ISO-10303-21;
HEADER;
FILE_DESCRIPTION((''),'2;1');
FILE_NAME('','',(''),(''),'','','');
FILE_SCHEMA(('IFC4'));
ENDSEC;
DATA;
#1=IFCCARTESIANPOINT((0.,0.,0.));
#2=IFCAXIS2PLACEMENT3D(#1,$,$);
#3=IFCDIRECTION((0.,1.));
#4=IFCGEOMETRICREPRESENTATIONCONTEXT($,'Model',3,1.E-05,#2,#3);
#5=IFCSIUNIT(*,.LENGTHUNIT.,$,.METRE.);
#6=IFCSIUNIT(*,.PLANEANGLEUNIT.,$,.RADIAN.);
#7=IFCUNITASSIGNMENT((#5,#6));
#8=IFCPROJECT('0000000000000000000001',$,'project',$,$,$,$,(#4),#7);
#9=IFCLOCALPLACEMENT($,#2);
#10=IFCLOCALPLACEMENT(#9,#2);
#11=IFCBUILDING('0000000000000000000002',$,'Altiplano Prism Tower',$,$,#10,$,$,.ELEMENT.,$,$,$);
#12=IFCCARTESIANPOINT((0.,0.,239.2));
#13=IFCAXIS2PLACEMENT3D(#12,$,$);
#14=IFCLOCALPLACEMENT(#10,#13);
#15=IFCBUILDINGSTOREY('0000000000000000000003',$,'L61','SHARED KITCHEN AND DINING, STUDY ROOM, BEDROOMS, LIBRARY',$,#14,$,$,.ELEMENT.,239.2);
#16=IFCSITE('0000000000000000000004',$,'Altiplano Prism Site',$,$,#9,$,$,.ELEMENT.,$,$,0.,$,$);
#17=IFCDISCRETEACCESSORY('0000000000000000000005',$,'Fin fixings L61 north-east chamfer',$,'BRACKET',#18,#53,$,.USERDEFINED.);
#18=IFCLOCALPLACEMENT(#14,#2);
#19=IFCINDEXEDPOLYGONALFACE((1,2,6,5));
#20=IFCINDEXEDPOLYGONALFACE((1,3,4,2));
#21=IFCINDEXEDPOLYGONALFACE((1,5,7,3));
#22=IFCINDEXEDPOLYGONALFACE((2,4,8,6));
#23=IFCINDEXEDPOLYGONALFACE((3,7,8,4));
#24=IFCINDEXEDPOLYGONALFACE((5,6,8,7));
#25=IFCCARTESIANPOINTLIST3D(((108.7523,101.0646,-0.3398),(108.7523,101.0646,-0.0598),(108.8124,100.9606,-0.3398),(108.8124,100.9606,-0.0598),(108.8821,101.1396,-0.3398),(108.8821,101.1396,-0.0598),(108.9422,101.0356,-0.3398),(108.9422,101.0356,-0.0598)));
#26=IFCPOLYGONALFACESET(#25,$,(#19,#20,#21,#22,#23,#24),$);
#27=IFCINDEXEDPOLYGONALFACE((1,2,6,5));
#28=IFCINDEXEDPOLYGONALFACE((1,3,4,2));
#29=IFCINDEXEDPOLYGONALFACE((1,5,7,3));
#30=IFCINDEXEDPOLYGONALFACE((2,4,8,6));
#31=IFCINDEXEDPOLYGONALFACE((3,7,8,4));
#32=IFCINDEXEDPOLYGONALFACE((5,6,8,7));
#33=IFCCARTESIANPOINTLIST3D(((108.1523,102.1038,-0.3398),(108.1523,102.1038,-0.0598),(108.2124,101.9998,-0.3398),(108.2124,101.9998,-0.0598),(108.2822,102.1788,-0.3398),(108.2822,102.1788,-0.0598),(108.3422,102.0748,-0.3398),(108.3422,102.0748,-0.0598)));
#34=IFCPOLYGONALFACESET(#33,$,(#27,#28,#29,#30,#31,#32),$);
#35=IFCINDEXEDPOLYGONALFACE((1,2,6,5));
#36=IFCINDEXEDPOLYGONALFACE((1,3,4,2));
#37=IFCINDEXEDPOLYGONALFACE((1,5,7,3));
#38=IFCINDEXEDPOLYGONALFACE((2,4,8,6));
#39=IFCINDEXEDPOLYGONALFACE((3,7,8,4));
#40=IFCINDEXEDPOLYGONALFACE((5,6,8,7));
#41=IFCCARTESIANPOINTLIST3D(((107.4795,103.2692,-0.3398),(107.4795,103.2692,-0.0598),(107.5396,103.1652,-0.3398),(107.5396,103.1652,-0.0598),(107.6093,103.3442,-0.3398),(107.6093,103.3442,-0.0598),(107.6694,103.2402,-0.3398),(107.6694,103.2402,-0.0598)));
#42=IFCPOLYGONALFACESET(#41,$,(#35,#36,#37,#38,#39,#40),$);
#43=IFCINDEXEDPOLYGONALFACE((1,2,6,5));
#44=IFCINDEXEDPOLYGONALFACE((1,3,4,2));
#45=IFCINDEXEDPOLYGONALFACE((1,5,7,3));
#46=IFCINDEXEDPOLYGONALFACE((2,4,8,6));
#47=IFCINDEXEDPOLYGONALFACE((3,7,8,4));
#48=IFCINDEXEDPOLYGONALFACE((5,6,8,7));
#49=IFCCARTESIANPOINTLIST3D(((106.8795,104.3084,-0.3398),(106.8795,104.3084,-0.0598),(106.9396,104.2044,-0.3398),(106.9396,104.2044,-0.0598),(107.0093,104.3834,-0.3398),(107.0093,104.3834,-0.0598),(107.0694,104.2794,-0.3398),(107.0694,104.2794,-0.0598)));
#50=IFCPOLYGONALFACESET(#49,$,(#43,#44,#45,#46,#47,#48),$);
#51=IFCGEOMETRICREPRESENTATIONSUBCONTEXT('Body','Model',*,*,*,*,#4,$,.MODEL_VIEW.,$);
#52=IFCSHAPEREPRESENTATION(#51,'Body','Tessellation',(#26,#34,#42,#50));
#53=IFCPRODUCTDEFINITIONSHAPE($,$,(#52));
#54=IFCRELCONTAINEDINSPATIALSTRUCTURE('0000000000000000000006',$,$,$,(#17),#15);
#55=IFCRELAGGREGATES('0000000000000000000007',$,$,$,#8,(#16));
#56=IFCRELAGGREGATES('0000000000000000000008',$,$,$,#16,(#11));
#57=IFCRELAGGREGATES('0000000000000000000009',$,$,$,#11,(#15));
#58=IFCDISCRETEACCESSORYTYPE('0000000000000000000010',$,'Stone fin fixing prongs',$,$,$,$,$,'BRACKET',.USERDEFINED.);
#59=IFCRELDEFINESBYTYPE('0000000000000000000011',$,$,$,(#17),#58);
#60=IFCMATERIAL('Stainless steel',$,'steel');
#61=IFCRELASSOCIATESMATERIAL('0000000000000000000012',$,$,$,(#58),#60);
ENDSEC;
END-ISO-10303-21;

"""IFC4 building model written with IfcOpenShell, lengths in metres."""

from ifc_helpers import new_model, si_unit, direction, frame, origin, place, context, subcontext, project, spatial, polyline, outline, extrude, source, transform, mapped, material, type_object, element, save


model = new_model("IFC4")

# Units and contexts
model_context = context("Model", 3, precision=1e-05, world=origin(), true_north=direction((0.0, 1.0)))
body_context = subcontext(model_context, "Body", "Model", "MODEL_VIEW")
ifc_project = project(units=[si_unit("LENGTHUNIT", "METRE"), si_unit("PLANEANGLEUNIT", "RADIAN")], contexts=[model_context])

# Site, building, storey
site_placement = place(None, origin())
site = spatial("IfcSite", under=ifc_project, at=site_placement, Name="Altiplano Prism Site", CompositionType="ELEMENT", RefElevation=0.0)
building_placement = place(site_placement, origin())
building = spatial("IfcBuilding", under=site, at=building_placement, Name="Altiplano Prism Tower", CompositionType="ELEMENT")
storey_placement = place(building_placement, frame((0.0, 0.0, 239.2)))
storey = spatial("IfcBuildingStorey", under=building, at=storey_placement, Name="L61", Description="SHARED KITCHEN AND DINING, STUDY ROOM, BEDROOMS, LIBRARY", CompositionType="ELEMENT", Elevation=239.2)

# Discrete accessory
ifc_material_1 = material(Name="Stainless steel", Category="steel")
discrete_accessory_type = type_object("IfcDiscreteAccessoryType", Name="Stone fin fixing prongs", ElementType="BRACKET", PredefinedType="USERDEFINED", material=ifc_material_1)
shared_shape_1 = source(origin(), body_context, "Body", "SweptSolid", [
    extrude(outline(polyline([(-1.9329, 0.0601), (-1.8127, 0.0601), (-1.8127, 0.3401), (-1.9329, 0.3401), (-1.9329, 0.0601)])), frame((0.0, 0.0, 0.0), z_axis=(0.0, -1.0, 0.0), x_axis=(1.0, 0.0, 0.0)), (0.0, 0.0, 1.0), 0.1499),
    extrude(outline(polyline([(-0.7329, 0.0601), (-0.6128, 0.0601), (-0.6128, 0.3401), (-0.7329, 0.3401), (-0.7329, 0.0601)])), frame((0.0, 0.0, 0.0), z_axis=(0.0, -1.0, 0.0), x_axis=(1.0, 0.0, 0.0)), (0.0, 0.0, 1.0), 0.1499),
    extrude(outline(polyline([(0.6128, 0.0601), (0.7329, 0.0601), (0.7329, 0.3401), (0.6128, 0.3401), (0.6128, 0.0601)])), frame((0.0, 0.0, 0.0), z_axis=(0.0, -1.0, 0.0), x_axis=(1.0, 0.0, 0.0)), (0.0, 0.0, 1.0), 0.1499),
    extrude(outline(polyline([(1.8127, 0.0601), (1.9329, 0.0601), (1.9329, 0.3401), (1.8127, 0.3401), (1.8127, 0.0601)])), frame((0.0, 0.0, 0.0), z_axis=(0.0, -1.0, 0.0), x_axis=(1.0, 0.0, 0.0)), (0.0, 0.0, 1.0), 0.1499),
])
discrete_accessory_1_placement = place(storey_placement, origin())
element("IfcDiscreteAccessory", 1, at=discrete_accessory_1_placement, inside=storey, type_object=discrete_accessory_type, Name="Fin fixings L61 north-east chamfer", ObjectType="BRACKET", PredefinedType="USERDEFINED", context=body_context, shape_type="MappedRepresentation", body=[
    mapped(shared_shape_1, transform((107.8459, 102.6345, -0.3999), x_axis=(-0.5, 0.866025, 0.0), y_axis=(-0.866025, -0.5, 0.0), z_axis=(0.0, 0.0, 1.0))),
])

save(model, "model.ifc")
